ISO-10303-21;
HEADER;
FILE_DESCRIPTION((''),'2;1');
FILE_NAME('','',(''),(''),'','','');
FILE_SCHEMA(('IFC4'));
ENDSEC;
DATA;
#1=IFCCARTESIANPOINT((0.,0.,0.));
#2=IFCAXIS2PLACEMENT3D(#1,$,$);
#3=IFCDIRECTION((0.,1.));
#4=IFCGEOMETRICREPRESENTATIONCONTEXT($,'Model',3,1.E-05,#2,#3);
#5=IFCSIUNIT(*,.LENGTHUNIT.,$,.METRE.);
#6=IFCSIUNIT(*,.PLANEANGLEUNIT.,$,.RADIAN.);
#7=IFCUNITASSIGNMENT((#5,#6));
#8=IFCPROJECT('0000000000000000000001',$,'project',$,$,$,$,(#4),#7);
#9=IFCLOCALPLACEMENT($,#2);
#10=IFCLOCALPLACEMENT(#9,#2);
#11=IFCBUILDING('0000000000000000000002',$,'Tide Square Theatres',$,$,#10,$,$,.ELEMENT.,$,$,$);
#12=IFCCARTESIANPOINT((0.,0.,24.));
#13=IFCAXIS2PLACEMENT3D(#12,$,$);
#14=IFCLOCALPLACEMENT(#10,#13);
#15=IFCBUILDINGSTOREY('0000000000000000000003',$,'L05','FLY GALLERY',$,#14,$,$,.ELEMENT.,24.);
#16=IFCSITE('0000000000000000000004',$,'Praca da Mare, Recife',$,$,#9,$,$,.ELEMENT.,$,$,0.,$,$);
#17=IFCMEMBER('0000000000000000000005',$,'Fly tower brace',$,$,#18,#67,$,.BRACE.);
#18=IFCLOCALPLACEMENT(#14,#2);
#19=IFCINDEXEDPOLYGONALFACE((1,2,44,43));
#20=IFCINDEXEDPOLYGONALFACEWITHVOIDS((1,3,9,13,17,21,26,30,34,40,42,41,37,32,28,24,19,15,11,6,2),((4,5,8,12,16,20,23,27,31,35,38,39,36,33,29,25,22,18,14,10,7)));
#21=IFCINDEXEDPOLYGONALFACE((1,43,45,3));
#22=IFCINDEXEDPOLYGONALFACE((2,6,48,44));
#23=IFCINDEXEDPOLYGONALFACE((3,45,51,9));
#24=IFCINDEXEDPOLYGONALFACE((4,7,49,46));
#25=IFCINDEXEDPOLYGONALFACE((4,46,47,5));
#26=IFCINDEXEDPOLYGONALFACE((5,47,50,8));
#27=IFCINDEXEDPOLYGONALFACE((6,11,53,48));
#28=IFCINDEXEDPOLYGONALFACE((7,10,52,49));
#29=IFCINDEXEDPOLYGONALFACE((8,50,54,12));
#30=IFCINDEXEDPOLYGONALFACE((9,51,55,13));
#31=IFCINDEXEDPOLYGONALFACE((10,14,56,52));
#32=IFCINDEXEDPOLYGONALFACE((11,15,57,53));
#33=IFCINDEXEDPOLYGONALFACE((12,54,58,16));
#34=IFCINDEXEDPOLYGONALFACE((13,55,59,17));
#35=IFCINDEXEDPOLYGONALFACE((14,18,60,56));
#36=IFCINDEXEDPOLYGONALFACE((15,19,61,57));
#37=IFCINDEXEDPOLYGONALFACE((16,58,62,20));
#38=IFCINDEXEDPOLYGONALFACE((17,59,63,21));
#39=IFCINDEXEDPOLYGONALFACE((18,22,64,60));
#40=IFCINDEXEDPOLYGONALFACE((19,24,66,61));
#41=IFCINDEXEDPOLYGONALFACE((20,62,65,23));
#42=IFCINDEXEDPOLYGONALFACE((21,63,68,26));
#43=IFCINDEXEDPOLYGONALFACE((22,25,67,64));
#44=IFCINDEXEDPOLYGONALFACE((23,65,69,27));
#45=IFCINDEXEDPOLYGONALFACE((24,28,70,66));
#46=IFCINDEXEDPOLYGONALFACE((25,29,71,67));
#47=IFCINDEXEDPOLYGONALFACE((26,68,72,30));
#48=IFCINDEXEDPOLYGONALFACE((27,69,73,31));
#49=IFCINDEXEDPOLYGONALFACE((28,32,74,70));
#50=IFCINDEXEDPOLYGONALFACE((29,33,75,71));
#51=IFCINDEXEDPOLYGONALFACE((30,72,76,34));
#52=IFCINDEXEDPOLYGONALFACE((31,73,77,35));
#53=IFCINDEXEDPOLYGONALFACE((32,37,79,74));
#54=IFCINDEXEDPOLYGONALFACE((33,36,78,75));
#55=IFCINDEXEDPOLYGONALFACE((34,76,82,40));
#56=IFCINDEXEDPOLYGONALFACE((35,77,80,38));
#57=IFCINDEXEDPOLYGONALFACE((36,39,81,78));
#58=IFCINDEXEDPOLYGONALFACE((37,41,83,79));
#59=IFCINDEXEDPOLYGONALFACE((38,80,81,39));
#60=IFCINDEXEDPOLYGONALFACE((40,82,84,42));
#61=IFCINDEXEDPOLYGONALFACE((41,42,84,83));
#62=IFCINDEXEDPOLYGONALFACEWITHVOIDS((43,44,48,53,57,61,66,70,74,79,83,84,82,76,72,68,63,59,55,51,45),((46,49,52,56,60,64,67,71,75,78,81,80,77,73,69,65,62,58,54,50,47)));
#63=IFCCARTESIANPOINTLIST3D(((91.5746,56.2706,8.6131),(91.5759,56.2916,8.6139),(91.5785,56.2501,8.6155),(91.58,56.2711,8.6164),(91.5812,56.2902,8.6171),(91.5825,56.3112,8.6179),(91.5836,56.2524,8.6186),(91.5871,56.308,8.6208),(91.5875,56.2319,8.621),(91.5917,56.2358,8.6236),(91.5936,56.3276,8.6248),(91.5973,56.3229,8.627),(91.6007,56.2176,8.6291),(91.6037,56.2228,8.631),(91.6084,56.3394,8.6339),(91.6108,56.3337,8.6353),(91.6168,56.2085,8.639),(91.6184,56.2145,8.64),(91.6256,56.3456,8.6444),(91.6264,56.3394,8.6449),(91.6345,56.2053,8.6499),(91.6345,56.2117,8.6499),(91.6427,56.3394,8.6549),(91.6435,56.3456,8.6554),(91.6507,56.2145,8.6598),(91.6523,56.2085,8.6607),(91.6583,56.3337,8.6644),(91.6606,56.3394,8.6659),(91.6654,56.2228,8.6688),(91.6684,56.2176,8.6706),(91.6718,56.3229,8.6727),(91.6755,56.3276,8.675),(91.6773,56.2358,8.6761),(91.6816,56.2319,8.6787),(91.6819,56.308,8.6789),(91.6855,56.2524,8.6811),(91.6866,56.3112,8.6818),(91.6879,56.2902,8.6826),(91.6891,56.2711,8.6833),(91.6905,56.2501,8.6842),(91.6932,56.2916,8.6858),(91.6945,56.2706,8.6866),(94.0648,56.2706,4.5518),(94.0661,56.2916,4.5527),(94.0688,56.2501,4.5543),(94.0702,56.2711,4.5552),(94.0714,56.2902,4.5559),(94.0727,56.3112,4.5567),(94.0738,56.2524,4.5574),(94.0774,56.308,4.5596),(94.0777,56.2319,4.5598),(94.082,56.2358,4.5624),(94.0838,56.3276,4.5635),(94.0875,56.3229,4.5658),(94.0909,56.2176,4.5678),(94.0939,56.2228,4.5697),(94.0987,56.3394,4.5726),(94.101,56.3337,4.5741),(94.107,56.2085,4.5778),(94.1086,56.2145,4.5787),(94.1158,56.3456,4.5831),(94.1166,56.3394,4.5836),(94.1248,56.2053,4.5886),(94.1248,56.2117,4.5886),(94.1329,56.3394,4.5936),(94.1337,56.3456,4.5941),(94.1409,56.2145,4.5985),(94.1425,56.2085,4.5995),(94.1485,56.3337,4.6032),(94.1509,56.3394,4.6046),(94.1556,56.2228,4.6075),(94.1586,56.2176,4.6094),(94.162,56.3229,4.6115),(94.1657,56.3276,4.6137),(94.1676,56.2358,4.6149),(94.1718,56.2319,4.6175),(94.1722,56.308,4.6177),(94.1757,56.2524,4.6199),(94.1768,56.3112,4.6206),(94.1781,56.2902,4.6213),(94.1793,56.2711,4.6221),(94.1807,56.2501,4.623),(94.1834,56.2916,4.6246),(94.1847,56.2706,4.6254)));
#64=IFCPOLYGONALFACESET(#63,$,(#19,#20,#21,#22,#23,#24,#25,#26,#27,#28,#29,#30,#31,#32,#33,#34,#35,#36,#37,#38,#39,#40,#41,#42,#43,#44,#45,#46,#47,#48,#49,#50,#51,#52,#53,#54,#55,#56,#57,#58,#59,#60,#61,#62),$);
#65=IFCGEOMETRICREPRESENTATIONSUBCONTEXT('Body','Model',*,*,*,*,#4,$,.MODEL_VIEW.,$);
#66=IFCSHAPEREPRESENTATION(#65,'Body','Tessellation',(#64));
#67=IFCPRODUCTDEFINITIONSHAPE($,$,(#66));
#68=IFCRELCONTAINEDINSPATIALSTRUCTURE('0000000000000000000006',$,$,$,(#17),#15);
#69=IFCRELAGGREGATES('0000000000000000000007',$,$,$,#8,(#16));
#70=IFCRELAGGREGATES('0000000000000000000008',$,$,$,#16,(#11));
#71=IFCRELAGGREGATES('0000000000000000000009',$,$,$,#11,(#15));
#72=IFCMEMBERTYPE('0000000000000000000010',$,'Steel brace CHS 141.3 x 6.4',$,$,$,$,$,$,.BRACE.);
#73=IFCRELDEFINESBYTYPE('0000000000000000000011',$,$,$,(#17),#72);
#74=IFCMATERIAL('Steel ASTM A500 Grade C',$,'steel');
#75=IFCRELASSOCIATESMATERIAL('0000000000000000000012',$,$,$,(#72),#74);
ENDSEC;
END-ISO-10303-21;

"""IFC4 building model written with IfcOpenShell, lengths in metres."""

from ifc_helpers import new_model, si_unit, direction, frame, origin, origin_2d, place, context, subcontext, project, spatial, hollow_circle, extrude, material, material_profile, profile_set, type_object, element, save


model = new_model("IFC4")

# Units and contexts
model_context = context("Model", 3, precision=1e-05, world=origin(), true_north=direction((0.0, 1.0)))
body_context = subcontext(model_context, "Body", "Model", "MODEL_VIEW")
ifc_project = project(units=[si_unit("LENGTHUNIT", "METRE"), si_unit("PLANEANGLEUNIT", "RADIAN")], contexts=[model_context])

# Site, building, storey
site_placement = place(None, origin())
site = spatial("IfcSite", under=ifc_project, at=site_placement, Name="Praca da Mare, Recife", CompositionType="ELEMENT", RefElevation=0.0)
building_placement = place(site_placement, origin())
building = spatial("IfcBuilding", under=site, at=building_placement, Name="Tide Square Theatres", CompositionType="ELEMENT")
storey_placement = place(building_placement, frame((0.0, 0.0, 24.0)))
storey = spatial("IfcBuildingStorey", under=building, at=storey_placement, Name="L05", Description="FLY GALLERY", CompositionType="ELEMENT", Elevation=24.0)

# Member
ifc_material_1 = material(Name="Steel ASTM A500 Grade C", Category="steel")
ifc_material_profile_1 = material_profile(ifc_material_1, hollow_circle(Radius=0.0706, WallThickness=0.0063, at=origin_2d()))
ifc_profile_set_1 = profile_set([ifc_material_profile_1], Name="Steel ASTM A500 Grade C")
member_type = type_object("IfcMemberType", Name="Steel brace CHS 141.3 x 6.4", PredefinedType="BRACE", material=ifc_profile_set_1)
member_1_placement = place(storey_placement, frame((94.1248, 56.2759, 4.5886), z_axis=(-0.522724, 0.0, 0.852502), x_axis=(0.0, -1.0, 0.0)))
element("IfcMember", 1, at=member_1_placement, inside=storey, type_object=member_type, Name="Fly tower brace", PredefinedType="BRACE", context=body_context, shape_type="SweptSolid", body=[
    extrude(hollow_circle(Radius=0.0706, WallThickness=0.0063, at=origin_2d()), origin(), (0.0, 0.0, 1.0), 4.7639),
])

save(model, "model.ifc")
